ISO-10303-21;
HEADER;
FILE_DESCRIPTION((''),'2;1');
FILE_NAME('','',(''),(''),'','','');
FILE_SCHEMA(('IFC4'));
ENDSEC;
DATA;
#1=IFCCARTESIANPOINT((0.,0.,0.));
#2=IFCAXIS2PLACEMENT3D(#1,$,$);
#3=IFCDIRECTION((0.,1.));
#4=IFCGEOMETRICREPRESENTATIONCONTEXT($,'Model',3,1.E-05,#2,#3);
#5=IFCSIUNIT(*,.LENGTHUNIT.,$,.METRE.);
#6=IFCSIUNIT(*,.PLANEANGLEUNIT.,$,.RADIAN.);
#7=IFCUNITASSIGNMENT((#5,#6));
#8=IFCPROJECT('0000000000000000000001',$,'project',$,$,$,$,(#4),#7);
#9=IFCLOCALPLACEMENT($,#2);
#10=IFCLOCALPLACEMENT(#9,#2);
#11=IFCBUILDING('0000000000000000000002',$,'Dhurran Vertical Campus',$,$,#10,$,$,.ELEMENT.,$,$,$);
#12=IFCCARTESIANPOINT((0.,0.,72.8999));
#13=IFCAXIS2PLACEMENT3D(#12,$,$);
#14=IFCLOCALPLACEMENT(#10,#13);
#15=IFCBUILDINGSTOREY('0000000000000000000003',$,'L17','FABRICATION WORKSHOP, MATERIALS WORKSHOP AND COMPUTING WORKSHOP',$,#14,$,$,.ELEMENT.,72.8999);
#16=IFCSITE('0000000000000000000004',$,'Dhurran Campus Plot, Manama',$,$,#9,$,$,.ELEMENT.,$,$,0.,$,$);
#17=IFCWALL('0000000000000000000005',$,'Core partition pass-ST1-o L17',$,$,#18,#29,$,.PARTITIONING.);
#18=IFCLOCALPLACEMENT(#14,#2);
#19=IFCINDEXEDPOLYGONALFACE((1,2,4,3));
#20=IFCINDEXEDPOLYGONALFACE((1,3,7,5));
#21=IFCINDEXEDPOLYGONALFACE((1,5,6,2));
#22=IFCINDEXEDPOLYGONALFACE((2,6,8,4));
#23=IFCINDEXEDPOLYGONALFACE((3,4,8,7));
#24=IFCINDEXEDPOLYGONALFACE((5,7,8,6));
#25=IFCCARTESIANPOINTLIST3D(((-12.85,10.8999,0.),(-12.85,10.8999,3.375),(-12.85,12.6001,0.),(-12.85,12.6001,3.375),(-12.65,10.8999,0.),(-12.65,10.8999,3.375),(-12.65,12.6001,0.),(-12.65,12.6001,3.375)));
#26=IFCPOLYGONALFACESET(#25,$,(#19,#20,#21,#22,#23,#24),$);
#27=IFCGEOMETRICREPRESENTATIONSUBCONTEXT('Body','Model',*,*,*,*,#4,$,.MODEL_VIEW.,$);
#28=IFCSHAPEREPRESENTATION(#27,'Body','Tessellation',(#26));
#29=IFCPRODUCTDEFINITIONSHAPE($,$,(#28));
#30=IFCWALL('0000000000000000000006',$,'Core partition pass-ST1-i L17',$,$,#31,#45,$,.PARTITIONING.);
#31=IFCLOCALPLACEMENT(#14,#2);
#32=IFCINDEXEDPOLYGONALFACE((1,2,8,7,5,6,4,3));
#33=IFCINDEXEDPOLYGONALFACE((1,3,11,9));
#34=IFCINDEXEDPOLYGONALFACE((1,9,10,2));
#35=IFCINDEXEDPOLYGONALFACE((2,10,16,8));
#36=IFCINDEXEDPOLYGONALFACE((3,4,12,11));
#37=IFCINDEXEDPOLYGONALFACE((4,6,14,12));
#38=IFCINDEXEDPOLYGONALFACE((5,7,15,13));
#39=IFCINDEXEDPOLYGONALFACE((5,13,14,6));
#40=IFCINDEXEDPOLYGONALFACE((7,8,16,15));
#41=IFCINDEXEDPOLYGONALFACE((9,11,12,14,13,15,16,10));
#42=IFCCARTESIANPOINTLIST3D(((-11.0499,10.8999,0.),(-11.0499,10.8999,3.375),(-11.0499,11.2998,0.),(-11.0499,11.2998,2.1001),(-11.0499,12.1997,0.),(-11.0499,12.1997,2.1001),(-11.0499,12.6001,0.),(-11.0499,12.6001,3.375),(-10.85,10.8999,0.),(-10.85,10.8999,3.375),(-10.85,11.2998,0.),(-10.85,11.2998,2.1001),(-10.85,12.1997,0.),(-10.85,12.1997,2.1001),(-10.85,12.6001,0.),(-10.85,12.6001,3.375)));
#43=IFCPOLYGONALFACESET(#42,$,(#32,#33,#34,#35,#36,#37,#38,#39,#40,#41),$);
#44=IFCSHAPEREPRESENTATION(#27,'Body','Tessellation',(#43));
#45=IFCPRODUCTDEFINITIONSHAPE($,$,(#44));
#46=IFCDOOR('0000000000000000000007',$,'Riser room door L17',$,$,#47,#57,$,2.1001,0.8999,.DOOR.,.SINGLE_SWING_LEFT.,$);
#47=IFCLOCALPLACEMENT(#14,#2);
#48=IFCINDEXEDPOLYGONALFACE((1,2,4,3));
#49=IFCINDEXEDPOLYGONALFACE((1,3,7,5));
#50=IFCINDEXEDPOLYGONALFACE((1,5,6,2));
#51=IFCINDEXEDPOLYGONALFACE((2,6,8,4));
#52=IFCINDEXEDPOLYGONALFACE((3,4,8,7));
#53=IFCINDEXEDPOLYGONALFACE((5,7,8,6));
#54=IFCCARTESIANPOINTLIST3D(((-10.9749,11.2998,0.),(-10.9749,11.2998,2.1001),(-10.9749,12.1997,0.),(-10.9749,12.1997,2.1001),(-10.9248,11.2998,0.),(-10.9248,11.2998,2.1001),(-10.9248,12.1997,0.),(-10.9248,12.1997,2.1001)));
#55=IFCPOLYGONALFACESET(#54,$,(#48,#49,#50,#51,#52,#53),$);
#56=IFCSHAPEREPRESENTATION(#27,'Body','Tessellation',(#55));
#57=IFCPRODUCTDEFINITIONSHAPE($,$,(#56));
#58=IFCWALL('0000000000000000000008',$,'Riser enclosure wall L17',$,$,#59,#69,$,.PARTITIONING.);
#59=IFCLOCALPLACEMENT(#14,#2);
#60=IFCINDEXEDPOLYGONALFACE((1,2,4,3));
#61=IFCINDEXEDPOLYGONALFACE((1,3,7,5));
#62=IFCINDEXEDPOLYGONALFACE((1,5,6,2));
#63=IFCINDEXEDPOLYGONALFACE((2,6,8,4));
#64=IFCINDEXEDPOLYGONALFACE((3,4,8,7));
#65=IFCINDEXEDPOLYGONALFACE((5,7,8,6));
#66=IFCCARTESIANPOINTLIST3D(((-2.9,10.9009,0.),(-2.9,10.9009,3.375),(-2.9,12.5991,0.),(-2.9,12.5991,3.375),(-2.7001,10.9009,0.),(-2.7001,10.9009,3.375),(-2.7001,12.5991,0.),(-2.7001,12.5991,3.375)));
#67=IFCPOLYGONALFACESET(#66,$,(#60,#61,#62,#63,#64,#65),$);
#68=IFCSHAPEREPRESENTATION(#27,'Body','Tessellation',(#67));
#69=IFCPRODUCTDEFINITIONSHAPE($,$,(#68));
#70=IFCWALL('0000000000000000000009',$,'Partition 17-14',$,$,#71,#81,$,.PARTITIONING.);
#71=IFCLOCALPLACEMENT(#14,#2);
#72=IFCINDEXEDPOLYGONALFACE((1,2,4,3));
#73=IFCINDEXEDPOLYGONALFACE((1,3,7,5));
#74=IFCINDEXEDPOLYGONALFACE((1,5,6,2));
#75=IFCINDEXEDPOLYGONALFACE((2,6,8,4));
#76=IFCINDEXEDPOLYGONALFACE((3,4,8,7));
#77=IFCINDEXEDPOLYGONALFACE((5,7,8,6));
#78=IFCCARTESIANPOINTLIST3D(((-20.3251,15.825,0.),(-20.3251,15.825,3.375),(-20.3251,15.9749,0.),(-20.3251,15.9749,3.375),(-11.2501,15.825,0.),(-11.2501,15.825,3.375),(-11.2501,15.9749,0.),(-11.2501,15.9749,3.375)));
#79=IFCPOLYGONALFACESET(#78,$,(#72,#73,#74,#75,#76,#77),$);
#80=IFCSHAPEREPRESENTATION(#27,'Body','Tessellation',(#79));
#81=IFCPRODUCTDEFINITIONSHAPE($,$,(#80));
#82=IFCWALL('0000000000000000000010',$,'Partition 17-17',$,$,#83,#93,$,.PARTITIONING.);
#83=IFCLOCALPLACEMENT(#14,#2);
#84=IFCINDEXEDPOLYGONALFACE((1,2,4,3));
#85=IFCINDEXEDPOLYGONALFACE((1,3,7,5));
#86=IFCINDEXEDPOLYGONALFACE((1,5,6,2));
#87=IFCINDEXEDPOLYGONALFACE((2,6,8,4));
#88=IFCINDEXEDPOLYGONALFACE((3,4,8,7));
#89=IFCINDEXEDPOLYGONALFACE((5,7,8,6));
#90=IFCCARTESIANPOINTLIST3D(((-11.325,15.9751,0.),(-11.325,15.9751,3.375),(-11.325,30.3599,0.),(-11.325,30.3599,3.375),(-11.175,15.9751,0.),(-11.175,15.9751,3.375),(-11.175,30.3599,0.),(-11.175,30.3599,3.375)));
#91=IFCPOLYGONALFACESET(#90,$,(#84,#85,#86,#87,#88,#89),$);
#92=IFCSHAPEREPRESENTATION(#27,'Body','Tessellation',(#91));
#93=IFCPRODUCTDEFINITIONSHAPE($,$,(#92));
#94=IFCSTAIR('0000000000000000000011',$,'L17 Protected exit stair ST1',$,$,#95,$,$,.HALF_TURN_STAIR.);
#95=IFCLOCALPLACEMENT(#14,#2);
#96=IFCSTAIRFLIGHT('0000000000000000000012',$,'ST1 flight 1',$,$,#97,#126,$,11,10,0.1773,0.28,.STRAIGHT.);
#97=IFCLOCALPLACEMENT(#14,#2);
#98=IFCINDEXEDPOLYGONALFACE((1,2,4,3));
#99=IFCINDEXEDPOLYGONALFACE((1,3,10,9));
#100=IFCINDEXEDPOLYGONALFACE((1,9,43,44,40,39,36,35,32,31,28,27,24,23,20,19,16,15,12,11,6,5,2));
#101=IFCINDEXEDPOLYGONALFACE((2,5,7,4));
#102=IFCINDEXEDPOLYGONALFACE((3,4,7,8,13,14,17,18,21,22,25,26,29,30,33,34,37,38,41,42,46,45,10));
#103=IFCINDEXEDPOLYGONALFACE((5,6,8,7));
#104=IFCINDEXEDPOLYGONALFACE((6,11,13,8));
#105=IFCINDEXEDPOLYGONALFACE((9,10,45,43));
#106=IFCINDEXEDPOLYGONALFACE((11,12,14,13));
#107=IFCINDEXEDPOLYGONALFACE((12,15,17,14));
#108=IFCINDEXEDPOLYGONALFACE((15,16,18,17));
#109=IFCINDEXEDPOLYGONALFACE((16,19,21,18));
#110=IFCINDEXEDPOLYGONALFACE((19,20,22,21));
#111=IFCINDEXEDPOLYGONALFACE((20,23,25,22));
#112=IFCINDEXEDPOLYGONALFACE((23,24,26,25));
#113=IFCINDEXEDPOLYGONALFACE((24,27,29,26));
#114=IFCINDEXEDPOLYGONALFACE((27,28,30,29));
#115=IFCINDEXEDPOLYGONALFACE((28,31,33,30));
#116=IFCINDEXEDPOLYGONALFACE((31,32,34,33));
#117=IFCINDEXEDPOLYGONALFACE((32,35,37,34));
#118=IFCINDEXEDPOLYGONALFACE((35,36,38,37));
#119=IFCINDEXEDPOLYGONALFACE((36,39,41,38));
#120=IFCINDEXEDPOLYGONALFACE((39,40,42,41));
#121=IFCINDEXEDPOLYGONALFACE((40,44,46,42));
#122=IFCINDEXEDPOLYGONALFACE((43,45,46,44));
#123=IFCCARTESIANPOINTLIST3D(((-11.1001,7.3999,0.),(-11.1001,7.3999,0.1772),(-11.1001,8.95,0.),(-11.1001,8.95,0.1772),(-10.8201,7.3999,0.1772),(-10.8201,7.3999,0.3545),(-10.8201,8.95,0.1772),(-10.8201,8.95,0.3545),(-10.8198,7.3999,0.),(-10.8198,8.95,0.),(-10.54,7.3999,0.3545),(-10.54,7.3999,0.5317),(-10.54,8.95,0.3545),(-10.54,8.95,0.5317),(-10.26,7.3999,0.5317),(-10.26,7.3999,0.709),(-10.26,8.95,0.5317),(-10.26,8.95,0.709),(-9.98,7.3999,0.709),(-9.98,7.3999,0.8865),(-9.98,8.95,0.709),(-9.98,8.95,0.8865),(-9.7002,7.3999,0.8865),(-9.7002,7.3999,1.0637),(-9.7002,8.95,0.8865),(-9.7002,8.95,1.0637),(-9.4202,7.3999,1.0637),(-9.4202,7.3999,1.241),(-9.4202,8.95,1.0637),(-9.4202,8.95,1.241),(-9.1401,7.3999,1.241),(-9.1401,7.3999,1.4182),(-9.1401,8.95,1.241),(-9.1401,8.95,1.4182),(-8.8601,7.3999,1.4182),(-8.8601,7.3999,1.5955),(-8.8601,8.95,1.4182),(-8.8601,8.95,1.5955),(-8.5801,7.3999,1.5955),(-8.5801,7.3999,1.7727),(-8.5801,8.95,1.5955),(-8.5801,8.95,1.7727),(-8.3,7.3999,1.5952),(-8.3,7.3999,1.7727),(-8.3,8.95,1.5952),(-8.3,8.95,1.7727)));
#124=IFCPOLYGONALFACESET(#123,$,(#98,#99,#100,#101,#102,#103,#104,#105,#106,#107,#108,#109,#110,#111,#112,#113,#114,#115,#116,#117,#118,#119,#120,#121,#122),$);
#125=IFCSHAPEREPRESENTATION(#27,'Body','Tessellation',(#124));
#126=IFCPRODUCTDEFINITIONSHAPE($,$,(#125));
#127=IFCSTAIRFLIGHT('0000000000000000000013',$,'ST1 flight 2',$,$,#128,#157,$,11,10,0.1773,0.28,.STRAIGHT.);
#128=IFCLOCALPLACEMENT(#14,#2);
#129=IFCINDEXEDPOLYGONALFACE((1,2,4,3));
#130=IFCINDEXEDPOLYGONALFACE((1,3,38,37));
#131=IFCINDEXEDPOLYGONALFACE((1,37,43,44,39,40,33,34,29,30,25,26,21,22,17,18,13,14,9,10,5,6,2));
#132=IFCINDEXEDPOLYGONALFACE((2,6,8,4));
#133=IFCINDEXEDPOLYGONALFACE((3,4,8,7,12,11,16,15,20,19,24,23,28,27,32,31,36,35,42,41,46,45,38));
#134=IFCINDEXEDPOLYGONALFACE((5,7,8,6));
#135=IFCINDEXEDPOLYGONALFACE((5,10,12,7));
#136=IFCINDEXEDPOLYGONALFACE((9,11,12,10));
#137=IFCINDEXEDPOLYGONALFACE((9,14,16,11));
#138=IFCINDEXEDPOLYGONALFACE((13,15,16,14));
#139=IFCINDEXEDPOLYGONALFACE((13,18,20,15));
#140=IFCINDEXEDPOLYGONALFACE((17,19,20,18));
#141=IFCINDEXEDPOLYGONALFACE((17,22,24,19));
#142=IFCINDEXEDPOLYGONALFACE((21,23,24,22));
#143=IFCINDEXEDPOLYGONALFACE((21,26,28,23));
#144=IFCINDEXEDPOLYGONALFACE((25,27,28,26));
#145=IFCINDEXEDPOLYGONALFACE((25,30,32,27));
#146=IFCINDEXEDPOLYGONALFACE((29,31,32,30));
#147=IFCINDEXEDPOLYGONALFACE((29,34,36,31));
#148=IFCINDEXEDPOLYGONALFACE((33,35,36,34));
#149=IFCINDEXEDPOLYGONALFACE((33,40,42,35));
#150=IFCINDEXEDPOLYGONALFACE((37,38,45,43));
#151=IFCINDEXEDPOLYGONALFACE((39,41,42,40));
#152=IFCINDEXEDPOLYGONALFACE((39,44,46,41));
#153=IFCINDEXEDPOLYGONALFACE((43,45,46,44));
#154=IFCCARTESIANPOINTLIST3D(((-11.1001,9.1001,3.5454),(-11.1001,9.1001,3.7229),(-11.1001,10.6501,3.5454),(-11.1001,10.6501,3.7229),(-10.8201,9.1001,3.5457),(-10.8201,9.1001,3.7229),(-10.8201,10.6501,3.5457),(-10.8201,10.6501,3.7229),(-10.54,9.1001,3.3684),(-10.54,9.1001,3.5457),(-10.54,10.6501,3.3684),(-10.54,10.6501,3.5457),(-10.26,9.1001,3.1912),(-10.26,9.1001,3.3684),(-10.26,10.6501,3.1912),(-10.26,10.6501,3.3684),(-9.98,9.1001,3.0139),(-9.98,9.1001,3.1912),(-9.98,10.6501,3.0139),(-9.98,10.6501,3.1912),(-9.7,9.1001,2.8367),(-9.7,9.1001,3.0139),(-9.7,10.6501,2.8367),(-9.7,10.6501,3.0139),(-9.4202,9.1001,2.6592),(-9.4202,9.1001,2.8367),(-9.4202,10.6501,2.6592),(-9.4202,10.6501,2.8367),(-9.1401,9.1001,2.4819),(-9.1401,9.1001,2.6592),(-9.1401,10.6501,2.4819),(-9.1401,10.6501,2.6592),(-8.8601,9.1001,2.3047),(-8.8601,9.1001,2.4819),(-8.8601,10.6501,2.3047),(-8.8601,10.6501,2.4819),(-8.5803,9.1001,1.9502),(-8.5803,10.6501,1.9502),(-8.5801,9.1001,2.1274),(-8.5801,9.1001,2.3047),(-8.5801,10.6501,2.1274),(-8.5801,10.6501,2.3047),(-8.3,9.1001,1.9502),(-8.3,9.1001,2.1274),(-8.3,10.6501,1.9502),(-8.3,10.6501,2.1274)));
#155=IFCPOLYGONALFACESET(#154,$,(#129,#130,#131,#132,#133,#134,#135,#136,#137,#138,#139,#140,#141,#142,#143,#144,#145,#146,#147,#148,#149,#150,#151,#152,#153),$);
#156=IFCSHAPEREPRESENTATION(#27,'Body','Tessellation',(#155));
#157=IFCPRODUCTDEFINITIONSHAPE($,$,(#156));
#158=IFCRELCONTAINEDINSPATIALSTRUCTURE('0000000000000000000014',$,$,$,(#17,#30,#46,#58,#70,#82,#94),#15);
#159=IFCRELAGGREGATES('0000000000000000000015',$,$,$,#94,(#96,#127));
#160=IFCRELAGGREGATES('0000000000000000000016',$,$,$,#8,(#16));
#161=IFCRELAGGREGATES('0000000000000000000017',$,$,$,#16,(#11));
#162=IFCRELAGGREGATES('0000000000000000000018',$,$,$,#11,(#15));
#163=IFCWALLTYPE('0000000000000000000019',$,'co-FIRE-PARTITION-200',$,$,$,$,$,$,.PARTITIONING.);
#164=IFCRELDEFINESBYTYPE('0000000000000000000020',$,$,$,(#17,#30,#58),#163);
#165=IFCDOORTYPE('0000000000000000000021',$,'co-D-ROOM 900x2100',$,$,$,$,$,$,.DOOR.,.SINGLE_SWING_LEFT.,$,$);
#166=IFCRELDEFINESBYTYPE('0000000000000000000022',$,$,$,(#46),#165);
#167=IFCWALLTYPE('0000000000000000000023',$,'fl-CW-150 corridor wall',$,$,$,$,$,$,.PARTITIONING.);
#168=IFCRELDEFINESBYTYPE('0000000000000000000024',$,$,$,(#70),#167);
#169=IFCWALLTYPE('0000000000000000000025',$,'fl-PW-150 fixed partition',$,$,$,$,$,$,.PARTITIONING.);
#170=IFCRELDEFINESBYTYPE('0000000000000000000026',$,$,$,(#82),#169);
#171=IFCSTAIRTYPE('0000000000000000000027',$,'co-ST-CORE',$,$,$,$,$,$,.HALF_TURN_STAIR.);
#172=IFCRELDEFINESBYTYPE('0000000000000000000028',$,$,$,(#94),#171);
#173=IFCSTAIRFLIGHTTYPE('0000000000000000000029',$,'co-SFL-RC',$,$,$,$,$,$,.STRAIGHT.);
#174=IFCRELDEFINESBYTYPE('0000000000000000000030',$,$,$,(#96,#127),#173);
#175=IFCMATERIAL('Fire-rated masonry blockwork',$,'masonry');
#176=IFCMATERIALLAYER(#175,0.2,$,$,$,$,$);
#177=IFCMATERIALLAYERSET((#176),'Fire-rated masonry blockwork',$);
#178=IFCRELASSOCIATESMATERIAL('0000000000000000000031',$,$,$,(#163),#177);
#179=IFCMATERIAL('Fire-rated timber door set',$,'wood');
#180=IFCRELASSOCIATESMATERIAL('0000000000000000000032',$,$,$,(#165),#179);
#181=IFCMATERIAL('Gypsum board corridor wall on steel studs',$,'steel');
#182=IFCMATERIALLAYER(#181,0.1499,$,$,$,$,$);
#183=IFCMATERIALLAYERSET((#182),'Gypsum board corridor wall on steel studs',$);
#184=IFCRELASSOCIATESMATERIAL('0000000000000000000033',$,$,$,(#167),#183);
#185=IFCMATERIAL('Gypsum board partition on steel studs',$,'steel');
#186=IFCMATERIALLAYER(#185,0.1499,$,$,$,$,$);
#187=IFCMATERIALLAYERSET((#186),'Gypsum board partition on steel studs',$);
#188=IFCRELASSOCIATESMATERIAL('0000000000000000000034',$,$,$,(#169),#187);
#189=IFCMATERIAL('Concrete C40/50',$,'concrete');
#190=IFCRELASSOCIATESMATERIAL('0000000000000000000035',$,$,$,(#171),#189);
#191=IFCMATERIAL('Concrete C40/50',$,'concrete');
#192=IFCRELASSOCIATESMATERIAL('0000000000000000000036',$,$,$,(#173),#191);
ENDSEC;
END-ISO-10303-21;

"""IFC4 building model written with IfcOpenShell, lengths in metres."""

from ifc_helpers import new_model, si_unit, direction, frame, frame_2d, origin, place, context, subcontext, project, spatial, polyline, rectangle, outline, extrude, material, layer, layer_set, type_object, element, fill, aggregate, save


model = new_model("IFC4")

# Units and contexts
model_context = context("Model", 3, precision=1e-05, world=origin(), true_north=direction((0.0, 1.0)))
body_context = subcontext(model_context, "Body", "Model", "MODEL_VIEW")
ifc_project = project(units=[si_unit("LENGTHUNIT", "METRE"), si_unit("PLANEANGLEUNIT", "RADIAN")], contexts=[model_context])

# Site, building, storey
site_placement = place(None, origin())
site = spatial("IfcSite", under=ifc_project, at=site_placement, Name="Dhurran Campus Plot, Manama", CompositionType="ELEMENT", RefElevation=0.0)
building_placement = place(site_placement, origin())
building = spatial("IfcBuilding", under=site, at=building_placement, Name="Dhurran Vertical Campus", CompositionType="ELEMENT")
storey_placement = place(building_placement, frame((0.0, 0.0, 72.8999)))
storey = spatial("IfcBuildingStorey", under=building, at=storey_placement, Name="L17", Description="FABRICATION WORKSHOP, MATERIALS WORKSHOP AND COMPUTING WORKSHOP", CompositionType="ELEMENT", Elevation=72.8999)

# Wall
ifc_material_1 = material(Name="Fire-rated masonry blockwork", Category="masonry")
ifc_layer_1 = layer(ifc_material_1, 0.2)
ifc_layer_set_1 = layer_set([ifc_layer_1], Name="Fire-rated masonry blockwork")
wall_type_1 = type_object("IfcWallType", Name="co-FIRE-PARTITION-200", PredefinedType="PARTITIONING", material=ifc_layer_set_1)
wall_1_placement = place(storey_placement, frame((-12.75, 10.8999, 0.0), z_axis=(0.0, 0.0, 1.0), x_axis=(0.0, 1.0, 0.0)))
element("IfcWall", 1, at=wall_1_placement, inside=storey, type_object=wall_type_1, Name="Core partition pass-ST1-o L17", PredefinedType="PARTITIONING", context=body_context, shape_type="SweptSolid", body=[
    extrude(rectangle(XDim=1.7002, YDim=0.2, at=frame_2d((0.8501, 0.0))), origin(), (0.0, 0.0, 1.0), 3.375),
])

# Wall, opening, door
wall_2_placement = place(storey_placement, frame((-10.95, 10.8999, 0.0), z_axis=(0.0, 0.0, 1.0), x_axis=(0.0, 1.0, 0.0)))
wall_2 = element("IfcWall", 2, at=wall_2_placement, inside=storey, type_object=wall_type_1, Name="Core partition pass-ST1-i L17", PredefinedType="PARTITIONING", context=body_context, shape_type="SweptSolid", body=[
    extrude(rectangle(XDim=1.7002, YDim=0.2, at=frame_2d((0.8501, 0.0))), origin(), (0.0, 0.0, 1.0), 3.375),
])
opening_1_placement = place(wall_2_placement, frame((0.3999, 0.0, 0.0)))
opening_1 = element("IfcOpeningElement", 3, at=opening_1_placement, cuts=wall_2, PredefinedType="OPENING", context=body_context, shape_type="SweptSolid", body=[
    extrude(rectangle(XDim=0.8999, YDim=2.1001, at=frame_2d((0.45, 1.05))), frame((0.0, 0.1099, 0.0), z_axis=(0.0, -1.0, 0.0), x_axis=(1.0, 0.0, 0.0)), (0.0, 0.0, 1.0), 0.22),
])
ifc_material_2 = material(Name="Fire-rated timber door set", Category="wood")
door_type = type_object("IfcDoorType", Name="co-D-ROOM 900x2100", OperationType="SINGLE_SWING_LEFT", PredefinedType="DOOR", material=ifc_material_2)
door_placement = place(opening_1_placement, origin())
door = element("IfcDoor", 4, at=door_placement, inside=storey, type_object=door_type, Name="Riser room door L17", OperationType="SINGLE_SWING_LEFT", OverallHeight=2.1001, OverallWidth=0.8999, PredefinedType="DOOR", context=body_context, shape_type="SweptSolid", body=[
    extrude(rectangle(XDim=0.8999, YDim=2.1001, at=frame_2d((0.45, 1.05))), frame((0.0, 0.0249, 0.0), z_axis=(0.0, -1.0, 0.0), x_axis=(1.0, 0.0, 0.0)), (0.0, 0.0, 1.0), 0.05),
])
fill(opening_1, door)

# Walls
wall_3_placement = place(storey_placement, frame((-2.8, 10.9009, 0.0), z_axis=(0.0, 0.0, 1.0), x_axis=(0.0, 1.0, 0.0)))
element("IfcWall", 5, at=wall_3_placement, inside=storey, type_object=wall_type_1, Name="Riser enclosure wall L17", PredefinedType="PARTITIONING", context=body_context, shape_type="SweptSolid", body=[
    extrude(rectangle(XDim=1.6982, YDim=0.2, at=frame_2d((0.8491, 0.0))), origin(), (0.0, 0.0, 1.0), 3.375),
])
ifc_material_3 = material(Name="Gypsum board corridor wall on steel studs", Category="steel")
ifc_layer_2 = layer(ifc_material_3, 0.1499)
ifc_layer_set_2 = layer_set([ifc_layer_2], Name="Gypsum board corridor wall on steel studs")
wall_type_2 = type_object("IfcWallType", Name="fl-CW-150 corridor wall", PredefinedType="PARTITIONING", material=ifc_layer_set_2)
wall_4_placement = place(storey_placement, frame((-11.25, 15.8999, 0.0), z_axis=(0.0, 0.0, 1.0), x_axis=(-1.0, 0.0, 0.0)))
element("IfcWall", 6, at=wall_4_placement, inside=storey, type_object=wall_type_2, Name="Partition 17-14", PredefinedType="PARTITIONING", context=body_context, shape_type="SweptSolid", body=[
    extrude(rectangle(XDim=9.075, YDim=0.1499, at=frame_2d((4.5376, 0.0))), origin(), (0.0, 0.0, 1.0), 3.375),
])
ifc_material_4 = material(Name="Gypsum board partition on steel studs", Category="steel")
ifc_layer_3 = layer(ifc_material_4, 0.1499)
ifc_layer_set_3 = layer_set([ifc_layer_3], Name="Gypsum board partition on steel studs")
wall_type_3 = type_object("IfcWallType", Name="fl-PW-150 fixed partition", PredefinedType="PARTITIONING", material=ifc_layer_set_3)
wall_5_placement = place(storey_placement, frame((-11.25, 30.3599, 0.0), z_axis=(0.0, 0.0, 1.0), x_axis=(0.0, -1.0, 0.0)))
element("IfcWall", 7, at=wall_5_placement, inside=storey, type_object=wall_type_3, Name="Partition 17-17", PredefinedType="PARTITIONING", context=body_context, shape_type="SweptSolid", body=[
    extrude(rectangle(XDim=14.3848, YDim=0.1499, at=frame_2d((7.1924, 0.0))), origin(), (0.0, 0.0, 1.0), 3.375),
])

# Stair, stair flights
ifc_material_5 = material(Name="Concrete C40/50", Category="concrete")
stair_type = type_object("IfcStairType", Name="co-ST-CORE", PredefinedType="HALF_TURN_STAIR", material=ifc_material_5)
stair_placement = place(storey_placement, origin())
stair = element("IfcStair", 8, at=stair_placement, inside=storey, type_object=stair_type, Name="L17 Protected exit stair ST1", PredefinedType="HALF_TURN_STAIR")
ifc_material_6 = material(Name="Concrete C40/50", Category="concrete")
stair_flight_type = type_object("IfcStairFlightType", Name="co-SFL-RC", PredefinedType="STRAIGHT", material=ifc_material_6)
stair_flight_1_placement = place(storey_placement, frame((-11.1001, 8.175, 0.0), z_axis=(0.0, 0.0, 1.0), x_axis=(1.0, 0.0, 0.0)))
stair_flight_1 = element("IfcStairFlight", 9, at=stair_flight_1_placement, type_object=stair_flight_type, Name="ST1 flight 1", NumberOfRisers=11, NumberOfTreads=10, PredefinedType="STRAIGHT", RiserHeight=0.1773, TreadLength=0.28, context=body_context, shape_type="SweptSolid", body=[
    extrude(outline(polyline([(0.0, 0.0), (0.0, 0.1772), (0.28, 0.1772), (0.28, 0.3545), (0.5601, 0.3545), (0.5601, 0.5317), (0.8401, 0.5317), (0.8401, 0.709), (1.1201, 0.709), (1.1201, 0.8865), (1.3999, 0.8865), (1.3999, 1.0637), (1.6799, 1.0637), (1.6799, 1.241), (1.96, 1.241), (1.96, 1.4182), (2.24, 1.4182), (2.24, 1.5955), (2.52, 1.5955), (2.52, 1.7727), (2.8, 1.7727), (2.8, 1.95), (2.8, 1.5952), (0.2803, 0.0), (0.0, 0.0)])), frame((0.0, 0.7749, 0.0), z_axis=(0.0, -1.0, 0.0), x_axis=(1.0, 0.0, 0.0)), (0.0, 0.0, 1.0), 1.55),
])
stair_flight_2_placement = place(storey_placement, frame((-8.3, 9.875, 1.9502), z_axis=(0.0, 0.0, 1.0), x_axis=(-1.0, 0.0, 0.0)))
stair_flight_2 = element("IfcStairFlight", 10, at=stair_flight_2_placement, type_object=stair_flight_type, Name="ST1 flight 2", NumberOfRisers=11, NumberOfTreads=10, PredefinedType="STRAIGHT", RiserHeight=0.1773, TreadLength=0.28, context=body_context, shape_type="SweptSolid", body=[
    extrude(outline(polyline([(0.0, 0.0), (0.0, 0.1772), (0.28, 0.1772), (0.28, 0.3545), (0.5601, 0.3545), (0.5601, 0.5317), (0.8401, 0.5317), (0.8401, 0.709), (1.1201, 0.709), (1.1201, 0.8865), (1.3999, 0.8865), (1.3999, 1.0637), (1.6799, 1.0637), (1.6799, 1.241), (1.96, 1.241), (1.96, 1.4182), (2.24, 1.4182), (2.24, 1.5955), (2.52, 1.5955), (2.52, 1.7727), (2.8, 1.7727), (2.8, 1.95), (2.8, 1.5952), (0.2803, 0.0), (0.0, 0.0)])), frame((0.0, 0.7749, 0.0), z_axis=(0.0, -1.0, 0.0), x_axis=(1.0, 0.0, 0.0)), (0.0, 0.0, 1.0), 1.55),
])
aggregate(stair, [stair_flight_1, stair_flight_2])

save(model, "model.ifc")
